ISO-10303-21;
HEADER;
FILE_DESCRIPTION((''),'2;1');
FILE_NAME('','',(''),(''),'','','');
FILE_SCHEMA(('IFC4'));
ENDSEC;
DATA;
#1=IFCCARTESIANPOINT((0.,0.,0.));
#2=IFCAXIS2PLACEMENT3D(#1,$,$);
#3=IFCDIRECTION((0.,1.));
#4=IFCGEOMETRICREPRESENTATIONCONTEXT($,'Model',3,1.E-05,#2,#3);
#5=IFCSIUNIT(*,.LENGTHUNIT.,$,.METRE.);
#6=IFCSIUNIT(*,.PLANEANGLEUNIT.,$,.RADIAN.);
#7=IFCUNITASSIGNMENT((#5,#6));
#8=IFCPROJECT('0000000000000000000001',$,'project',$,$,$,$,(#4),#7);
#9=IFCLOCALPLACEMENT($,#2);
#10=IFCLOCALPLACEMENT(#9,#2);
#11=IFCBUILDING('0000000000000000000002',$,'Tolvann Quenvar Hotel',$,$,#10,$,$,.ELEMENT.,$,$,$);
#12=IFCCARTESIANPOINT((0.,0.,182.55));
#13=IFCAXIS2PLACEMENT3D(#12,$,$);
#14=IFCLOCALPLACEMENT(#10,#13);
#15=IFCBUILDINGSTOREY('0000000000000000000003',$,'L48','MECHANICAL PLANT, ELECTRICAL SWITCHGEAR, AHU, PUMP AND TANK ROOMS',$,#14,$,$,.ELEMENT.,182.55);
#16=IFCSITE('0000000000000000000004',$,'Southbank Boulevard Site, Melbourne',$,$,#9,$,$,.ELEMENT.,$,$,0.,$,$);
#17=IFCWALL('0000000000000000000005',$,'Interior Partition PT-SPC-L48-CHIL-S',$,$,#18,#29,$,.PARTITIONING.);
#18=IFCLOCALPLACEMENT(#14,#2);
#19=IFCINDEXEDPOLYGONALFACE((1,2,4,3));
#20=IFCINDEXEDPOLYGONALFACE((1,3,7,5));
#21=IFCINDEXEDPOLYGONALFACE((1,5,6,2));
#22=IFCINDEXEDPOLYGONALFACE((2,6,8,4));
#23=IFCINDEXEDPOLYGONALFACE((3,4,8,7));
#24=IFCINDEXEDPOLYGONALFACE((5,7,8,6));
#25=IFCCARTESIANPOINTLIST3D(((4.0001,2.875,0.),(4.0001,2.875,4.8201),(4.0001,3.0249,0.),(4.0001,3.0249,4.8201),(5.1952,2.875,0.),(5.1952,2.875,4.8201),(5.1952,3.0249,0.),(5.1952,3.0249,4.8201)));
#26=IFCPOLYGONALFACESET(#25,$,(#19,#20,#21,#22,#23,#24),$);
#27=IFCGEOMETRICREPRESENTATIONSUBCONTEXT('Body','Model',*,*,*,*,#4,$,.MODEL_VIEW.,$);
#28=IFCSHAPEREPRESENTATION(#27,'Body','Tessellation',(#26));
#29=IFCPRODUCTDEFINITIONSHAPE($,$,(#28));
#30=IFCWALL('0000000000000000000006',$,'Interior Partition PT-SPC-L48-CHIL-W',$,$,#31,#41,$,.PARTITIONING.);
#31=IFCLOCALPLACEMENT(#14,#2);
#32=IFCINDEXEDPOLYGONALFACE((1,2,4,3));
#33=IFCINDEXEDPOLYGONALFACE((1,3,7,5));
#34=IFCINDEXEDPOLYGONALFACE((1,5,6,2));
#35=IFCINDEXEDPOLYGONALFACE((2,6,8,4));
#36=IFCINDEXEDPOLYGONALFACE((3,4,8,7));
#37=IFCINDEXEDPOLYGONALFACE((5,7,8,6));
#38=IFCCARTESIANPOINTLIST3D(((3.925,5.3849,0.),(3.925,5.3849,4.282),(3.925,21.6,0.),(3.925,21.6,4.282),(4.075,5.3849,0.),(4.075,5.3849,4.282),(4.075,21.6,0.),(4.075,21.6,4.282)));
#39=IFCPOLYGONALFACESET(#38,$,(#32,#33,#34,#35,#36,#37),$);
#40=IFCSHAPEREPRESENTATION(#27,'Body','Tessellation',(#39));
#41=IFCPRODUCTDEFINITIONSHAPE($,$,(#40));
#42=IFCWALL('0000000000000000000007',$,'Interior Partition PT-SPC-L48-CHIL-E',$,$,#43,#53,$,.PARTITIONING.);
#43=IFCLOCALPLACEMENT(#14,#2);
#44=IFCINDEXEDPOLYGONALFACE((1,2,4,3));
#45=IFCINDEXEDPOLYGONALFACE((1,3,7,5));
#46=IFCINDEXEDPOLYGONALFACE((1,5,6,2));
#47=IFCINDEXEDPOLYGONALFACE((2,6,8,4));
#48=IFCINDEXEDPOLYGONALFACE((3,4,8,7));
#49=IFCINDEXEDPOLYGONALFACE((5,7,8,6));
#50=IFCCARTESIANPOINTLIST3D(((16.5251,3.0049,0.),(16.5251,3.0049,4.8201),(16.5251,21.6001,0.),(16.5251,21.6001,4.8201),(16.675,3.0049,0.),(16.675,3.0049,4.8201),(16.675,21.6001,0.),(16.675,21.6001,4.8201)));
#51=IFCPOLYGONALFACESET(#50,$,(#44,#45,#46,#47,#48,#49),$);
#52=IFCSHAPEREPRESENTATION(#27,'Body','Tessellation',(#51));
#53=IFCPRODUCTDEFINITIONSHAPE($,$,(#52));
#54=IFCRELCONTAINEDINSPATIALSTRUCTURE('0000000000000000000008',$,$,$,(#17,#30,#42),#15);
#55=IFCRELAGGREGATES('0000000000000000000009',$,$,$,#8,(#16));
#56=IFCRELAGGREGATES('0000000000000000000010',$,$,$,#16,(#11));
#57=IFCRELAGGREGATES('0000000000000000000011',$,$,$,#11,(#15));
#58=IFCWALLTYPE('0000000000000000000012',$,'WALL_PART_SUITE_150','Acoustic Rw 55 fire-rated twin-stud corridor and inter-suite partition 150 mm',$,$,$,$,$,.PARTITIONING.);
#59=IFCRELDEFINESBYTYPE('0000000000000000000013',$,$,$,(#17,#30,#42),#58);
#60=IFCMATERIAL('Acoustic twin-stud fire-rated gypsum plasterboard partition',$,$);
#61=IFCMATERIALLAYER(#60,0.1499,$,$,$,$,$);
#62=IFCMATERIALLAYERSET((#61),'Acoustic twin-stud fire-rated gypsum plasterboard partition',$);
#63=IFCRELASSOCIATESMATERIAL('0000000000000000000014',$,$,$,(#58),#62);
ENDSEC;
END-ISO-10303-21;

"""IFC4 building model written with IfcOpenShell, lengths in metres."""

from ifc_helpers import new_model, si_unit, direction, frame, frame_2d, origin, place, context, subcontext, project, spatial, rectangle, extrude, material, layer, layer_set, type_object, element, save


model = new_model("IFC4")

# Units and contexts
model_context = context("Model", 3, precision=1e-05, world=origin(), true_north=direction((0.0, 1.0)))
body_context = subcontext(model_context, "Body", "Model", "MODEL_VIEW")
ifc_project = project(units=[si_unit("LENGTHUNIT", "METRE"), si_unit("PLANEANGLEUNIT", "RADIAN")], contexts=[model_context])

# Site, building, storey
site_placement = place(None, origin())
site = spatial("IfcSite", under=ifc_project, at=site_placement, Name="Southbank Boulevard Site, Melbourne", CompositionType="ELEMENT", RefElevation=0.0)
building_placement = place(site_placement, origin())
building = spatial("IfcBuilding", under=site, at=building_placement, Name="Tolvann Quenvar Hotel", CompositionType="ELEMENT")
storey_placement = place(building_placement, frame((0.0, 0.0, 182.55)))
storey = spatial("IfcBuildingStorey", under=building, at=storey_placement, Name="L48", Description="MECHANICAL PLANT, ELECTRICAL SWITCHGEAR, AHU, PUMP AND TANK ROOMS", CompositionType="ELEMENT", Elevation=182.55)

# Walls
ifc_material_1 = material(Name="Acoustic twin-stud fire-rated gypsum plasterboard partition")
ifc_layer_1 = layer(ifc_material_1, 0.1499)
ifc_layer_set_1 = layer_set([ifc_layer_1], Name="Acoustic twin-stud fire-rated gypsum plasterboard partition")
wall_type_1 = type_object("IfcWallType", Name="WALL_PART_SUITE_150", Description="Acoustic Rw 55 fire-rated twin-stud corridor and inter-suite partition 150 mm", PredefinedType="PARTITIONING", material=ifc_layer_set_1)
wall_1_placement = place(storey_placement, frame((4.0, 2.95, 0.0), z_axis=(0.0, 0.0, 1.0), x_axis=(1.0, 0.0, 0.0)))
element("IfcWall", 1, at=wall_1_placement, inside=storey, type_object=wall_type_1, Name="Interior Partition PT-SPC-L48-CHIL-S", PredefinedType="PARTITIONING", context=body_context, shape_type="SweptSolid", body=[
    extrude(rectangle(XDim=1.1951, YDim=0.1499, at=frame_2d((0.5977, 0.0))), origin(), (0.0, 0.0, 1.0), 4.8201),
])
wall_2_placement = place(storey_placement, frame((4.0, 5.385, 0.0), z_axis=(0.0, 0.0, 1.0), x_axis=(0.0, 1.0, 0.0)))
element("IfcWall", 2, at=wall_2_placement, inside=storey, type_object=wall_type_1, Name="Interior Partition PT-SPC-L48-CHIL-W", PredefinedType="PARTITIONING", context=body_context, shape_type="SweptSolid", body=[
    extrude(rectangle(XDim=16.2151, YDim=0.1499, at=frame_2d((8.1074, 0.0))), origin(), (0.0, 0.0, 1.0), 4.282),
])
wall_3_placement = place(storey_placement, frame((16.6001, 3.0049, 0.0), z_axis=(0.0, 0.0, 1.0), x_axis=(0.0, 1.0, 0.0)))
element("IfcWall", 3, at=wall_3_placement, inside=storey, type_object=wall_type_1, Name="Interior Partition PT-SPC-L48-CHIL-E", PredefinedType="PARTITIONING", context=body_context, shape_type="SweptSolid", body=[
    extrude(rectangle(XDim=18.5952, YDim=0.1499, at=frame_2d((9.2976, 0.0))), origin(), (0.0, 0.0, 1.0), 4.8201),
])

save(model, "model.ifc")
